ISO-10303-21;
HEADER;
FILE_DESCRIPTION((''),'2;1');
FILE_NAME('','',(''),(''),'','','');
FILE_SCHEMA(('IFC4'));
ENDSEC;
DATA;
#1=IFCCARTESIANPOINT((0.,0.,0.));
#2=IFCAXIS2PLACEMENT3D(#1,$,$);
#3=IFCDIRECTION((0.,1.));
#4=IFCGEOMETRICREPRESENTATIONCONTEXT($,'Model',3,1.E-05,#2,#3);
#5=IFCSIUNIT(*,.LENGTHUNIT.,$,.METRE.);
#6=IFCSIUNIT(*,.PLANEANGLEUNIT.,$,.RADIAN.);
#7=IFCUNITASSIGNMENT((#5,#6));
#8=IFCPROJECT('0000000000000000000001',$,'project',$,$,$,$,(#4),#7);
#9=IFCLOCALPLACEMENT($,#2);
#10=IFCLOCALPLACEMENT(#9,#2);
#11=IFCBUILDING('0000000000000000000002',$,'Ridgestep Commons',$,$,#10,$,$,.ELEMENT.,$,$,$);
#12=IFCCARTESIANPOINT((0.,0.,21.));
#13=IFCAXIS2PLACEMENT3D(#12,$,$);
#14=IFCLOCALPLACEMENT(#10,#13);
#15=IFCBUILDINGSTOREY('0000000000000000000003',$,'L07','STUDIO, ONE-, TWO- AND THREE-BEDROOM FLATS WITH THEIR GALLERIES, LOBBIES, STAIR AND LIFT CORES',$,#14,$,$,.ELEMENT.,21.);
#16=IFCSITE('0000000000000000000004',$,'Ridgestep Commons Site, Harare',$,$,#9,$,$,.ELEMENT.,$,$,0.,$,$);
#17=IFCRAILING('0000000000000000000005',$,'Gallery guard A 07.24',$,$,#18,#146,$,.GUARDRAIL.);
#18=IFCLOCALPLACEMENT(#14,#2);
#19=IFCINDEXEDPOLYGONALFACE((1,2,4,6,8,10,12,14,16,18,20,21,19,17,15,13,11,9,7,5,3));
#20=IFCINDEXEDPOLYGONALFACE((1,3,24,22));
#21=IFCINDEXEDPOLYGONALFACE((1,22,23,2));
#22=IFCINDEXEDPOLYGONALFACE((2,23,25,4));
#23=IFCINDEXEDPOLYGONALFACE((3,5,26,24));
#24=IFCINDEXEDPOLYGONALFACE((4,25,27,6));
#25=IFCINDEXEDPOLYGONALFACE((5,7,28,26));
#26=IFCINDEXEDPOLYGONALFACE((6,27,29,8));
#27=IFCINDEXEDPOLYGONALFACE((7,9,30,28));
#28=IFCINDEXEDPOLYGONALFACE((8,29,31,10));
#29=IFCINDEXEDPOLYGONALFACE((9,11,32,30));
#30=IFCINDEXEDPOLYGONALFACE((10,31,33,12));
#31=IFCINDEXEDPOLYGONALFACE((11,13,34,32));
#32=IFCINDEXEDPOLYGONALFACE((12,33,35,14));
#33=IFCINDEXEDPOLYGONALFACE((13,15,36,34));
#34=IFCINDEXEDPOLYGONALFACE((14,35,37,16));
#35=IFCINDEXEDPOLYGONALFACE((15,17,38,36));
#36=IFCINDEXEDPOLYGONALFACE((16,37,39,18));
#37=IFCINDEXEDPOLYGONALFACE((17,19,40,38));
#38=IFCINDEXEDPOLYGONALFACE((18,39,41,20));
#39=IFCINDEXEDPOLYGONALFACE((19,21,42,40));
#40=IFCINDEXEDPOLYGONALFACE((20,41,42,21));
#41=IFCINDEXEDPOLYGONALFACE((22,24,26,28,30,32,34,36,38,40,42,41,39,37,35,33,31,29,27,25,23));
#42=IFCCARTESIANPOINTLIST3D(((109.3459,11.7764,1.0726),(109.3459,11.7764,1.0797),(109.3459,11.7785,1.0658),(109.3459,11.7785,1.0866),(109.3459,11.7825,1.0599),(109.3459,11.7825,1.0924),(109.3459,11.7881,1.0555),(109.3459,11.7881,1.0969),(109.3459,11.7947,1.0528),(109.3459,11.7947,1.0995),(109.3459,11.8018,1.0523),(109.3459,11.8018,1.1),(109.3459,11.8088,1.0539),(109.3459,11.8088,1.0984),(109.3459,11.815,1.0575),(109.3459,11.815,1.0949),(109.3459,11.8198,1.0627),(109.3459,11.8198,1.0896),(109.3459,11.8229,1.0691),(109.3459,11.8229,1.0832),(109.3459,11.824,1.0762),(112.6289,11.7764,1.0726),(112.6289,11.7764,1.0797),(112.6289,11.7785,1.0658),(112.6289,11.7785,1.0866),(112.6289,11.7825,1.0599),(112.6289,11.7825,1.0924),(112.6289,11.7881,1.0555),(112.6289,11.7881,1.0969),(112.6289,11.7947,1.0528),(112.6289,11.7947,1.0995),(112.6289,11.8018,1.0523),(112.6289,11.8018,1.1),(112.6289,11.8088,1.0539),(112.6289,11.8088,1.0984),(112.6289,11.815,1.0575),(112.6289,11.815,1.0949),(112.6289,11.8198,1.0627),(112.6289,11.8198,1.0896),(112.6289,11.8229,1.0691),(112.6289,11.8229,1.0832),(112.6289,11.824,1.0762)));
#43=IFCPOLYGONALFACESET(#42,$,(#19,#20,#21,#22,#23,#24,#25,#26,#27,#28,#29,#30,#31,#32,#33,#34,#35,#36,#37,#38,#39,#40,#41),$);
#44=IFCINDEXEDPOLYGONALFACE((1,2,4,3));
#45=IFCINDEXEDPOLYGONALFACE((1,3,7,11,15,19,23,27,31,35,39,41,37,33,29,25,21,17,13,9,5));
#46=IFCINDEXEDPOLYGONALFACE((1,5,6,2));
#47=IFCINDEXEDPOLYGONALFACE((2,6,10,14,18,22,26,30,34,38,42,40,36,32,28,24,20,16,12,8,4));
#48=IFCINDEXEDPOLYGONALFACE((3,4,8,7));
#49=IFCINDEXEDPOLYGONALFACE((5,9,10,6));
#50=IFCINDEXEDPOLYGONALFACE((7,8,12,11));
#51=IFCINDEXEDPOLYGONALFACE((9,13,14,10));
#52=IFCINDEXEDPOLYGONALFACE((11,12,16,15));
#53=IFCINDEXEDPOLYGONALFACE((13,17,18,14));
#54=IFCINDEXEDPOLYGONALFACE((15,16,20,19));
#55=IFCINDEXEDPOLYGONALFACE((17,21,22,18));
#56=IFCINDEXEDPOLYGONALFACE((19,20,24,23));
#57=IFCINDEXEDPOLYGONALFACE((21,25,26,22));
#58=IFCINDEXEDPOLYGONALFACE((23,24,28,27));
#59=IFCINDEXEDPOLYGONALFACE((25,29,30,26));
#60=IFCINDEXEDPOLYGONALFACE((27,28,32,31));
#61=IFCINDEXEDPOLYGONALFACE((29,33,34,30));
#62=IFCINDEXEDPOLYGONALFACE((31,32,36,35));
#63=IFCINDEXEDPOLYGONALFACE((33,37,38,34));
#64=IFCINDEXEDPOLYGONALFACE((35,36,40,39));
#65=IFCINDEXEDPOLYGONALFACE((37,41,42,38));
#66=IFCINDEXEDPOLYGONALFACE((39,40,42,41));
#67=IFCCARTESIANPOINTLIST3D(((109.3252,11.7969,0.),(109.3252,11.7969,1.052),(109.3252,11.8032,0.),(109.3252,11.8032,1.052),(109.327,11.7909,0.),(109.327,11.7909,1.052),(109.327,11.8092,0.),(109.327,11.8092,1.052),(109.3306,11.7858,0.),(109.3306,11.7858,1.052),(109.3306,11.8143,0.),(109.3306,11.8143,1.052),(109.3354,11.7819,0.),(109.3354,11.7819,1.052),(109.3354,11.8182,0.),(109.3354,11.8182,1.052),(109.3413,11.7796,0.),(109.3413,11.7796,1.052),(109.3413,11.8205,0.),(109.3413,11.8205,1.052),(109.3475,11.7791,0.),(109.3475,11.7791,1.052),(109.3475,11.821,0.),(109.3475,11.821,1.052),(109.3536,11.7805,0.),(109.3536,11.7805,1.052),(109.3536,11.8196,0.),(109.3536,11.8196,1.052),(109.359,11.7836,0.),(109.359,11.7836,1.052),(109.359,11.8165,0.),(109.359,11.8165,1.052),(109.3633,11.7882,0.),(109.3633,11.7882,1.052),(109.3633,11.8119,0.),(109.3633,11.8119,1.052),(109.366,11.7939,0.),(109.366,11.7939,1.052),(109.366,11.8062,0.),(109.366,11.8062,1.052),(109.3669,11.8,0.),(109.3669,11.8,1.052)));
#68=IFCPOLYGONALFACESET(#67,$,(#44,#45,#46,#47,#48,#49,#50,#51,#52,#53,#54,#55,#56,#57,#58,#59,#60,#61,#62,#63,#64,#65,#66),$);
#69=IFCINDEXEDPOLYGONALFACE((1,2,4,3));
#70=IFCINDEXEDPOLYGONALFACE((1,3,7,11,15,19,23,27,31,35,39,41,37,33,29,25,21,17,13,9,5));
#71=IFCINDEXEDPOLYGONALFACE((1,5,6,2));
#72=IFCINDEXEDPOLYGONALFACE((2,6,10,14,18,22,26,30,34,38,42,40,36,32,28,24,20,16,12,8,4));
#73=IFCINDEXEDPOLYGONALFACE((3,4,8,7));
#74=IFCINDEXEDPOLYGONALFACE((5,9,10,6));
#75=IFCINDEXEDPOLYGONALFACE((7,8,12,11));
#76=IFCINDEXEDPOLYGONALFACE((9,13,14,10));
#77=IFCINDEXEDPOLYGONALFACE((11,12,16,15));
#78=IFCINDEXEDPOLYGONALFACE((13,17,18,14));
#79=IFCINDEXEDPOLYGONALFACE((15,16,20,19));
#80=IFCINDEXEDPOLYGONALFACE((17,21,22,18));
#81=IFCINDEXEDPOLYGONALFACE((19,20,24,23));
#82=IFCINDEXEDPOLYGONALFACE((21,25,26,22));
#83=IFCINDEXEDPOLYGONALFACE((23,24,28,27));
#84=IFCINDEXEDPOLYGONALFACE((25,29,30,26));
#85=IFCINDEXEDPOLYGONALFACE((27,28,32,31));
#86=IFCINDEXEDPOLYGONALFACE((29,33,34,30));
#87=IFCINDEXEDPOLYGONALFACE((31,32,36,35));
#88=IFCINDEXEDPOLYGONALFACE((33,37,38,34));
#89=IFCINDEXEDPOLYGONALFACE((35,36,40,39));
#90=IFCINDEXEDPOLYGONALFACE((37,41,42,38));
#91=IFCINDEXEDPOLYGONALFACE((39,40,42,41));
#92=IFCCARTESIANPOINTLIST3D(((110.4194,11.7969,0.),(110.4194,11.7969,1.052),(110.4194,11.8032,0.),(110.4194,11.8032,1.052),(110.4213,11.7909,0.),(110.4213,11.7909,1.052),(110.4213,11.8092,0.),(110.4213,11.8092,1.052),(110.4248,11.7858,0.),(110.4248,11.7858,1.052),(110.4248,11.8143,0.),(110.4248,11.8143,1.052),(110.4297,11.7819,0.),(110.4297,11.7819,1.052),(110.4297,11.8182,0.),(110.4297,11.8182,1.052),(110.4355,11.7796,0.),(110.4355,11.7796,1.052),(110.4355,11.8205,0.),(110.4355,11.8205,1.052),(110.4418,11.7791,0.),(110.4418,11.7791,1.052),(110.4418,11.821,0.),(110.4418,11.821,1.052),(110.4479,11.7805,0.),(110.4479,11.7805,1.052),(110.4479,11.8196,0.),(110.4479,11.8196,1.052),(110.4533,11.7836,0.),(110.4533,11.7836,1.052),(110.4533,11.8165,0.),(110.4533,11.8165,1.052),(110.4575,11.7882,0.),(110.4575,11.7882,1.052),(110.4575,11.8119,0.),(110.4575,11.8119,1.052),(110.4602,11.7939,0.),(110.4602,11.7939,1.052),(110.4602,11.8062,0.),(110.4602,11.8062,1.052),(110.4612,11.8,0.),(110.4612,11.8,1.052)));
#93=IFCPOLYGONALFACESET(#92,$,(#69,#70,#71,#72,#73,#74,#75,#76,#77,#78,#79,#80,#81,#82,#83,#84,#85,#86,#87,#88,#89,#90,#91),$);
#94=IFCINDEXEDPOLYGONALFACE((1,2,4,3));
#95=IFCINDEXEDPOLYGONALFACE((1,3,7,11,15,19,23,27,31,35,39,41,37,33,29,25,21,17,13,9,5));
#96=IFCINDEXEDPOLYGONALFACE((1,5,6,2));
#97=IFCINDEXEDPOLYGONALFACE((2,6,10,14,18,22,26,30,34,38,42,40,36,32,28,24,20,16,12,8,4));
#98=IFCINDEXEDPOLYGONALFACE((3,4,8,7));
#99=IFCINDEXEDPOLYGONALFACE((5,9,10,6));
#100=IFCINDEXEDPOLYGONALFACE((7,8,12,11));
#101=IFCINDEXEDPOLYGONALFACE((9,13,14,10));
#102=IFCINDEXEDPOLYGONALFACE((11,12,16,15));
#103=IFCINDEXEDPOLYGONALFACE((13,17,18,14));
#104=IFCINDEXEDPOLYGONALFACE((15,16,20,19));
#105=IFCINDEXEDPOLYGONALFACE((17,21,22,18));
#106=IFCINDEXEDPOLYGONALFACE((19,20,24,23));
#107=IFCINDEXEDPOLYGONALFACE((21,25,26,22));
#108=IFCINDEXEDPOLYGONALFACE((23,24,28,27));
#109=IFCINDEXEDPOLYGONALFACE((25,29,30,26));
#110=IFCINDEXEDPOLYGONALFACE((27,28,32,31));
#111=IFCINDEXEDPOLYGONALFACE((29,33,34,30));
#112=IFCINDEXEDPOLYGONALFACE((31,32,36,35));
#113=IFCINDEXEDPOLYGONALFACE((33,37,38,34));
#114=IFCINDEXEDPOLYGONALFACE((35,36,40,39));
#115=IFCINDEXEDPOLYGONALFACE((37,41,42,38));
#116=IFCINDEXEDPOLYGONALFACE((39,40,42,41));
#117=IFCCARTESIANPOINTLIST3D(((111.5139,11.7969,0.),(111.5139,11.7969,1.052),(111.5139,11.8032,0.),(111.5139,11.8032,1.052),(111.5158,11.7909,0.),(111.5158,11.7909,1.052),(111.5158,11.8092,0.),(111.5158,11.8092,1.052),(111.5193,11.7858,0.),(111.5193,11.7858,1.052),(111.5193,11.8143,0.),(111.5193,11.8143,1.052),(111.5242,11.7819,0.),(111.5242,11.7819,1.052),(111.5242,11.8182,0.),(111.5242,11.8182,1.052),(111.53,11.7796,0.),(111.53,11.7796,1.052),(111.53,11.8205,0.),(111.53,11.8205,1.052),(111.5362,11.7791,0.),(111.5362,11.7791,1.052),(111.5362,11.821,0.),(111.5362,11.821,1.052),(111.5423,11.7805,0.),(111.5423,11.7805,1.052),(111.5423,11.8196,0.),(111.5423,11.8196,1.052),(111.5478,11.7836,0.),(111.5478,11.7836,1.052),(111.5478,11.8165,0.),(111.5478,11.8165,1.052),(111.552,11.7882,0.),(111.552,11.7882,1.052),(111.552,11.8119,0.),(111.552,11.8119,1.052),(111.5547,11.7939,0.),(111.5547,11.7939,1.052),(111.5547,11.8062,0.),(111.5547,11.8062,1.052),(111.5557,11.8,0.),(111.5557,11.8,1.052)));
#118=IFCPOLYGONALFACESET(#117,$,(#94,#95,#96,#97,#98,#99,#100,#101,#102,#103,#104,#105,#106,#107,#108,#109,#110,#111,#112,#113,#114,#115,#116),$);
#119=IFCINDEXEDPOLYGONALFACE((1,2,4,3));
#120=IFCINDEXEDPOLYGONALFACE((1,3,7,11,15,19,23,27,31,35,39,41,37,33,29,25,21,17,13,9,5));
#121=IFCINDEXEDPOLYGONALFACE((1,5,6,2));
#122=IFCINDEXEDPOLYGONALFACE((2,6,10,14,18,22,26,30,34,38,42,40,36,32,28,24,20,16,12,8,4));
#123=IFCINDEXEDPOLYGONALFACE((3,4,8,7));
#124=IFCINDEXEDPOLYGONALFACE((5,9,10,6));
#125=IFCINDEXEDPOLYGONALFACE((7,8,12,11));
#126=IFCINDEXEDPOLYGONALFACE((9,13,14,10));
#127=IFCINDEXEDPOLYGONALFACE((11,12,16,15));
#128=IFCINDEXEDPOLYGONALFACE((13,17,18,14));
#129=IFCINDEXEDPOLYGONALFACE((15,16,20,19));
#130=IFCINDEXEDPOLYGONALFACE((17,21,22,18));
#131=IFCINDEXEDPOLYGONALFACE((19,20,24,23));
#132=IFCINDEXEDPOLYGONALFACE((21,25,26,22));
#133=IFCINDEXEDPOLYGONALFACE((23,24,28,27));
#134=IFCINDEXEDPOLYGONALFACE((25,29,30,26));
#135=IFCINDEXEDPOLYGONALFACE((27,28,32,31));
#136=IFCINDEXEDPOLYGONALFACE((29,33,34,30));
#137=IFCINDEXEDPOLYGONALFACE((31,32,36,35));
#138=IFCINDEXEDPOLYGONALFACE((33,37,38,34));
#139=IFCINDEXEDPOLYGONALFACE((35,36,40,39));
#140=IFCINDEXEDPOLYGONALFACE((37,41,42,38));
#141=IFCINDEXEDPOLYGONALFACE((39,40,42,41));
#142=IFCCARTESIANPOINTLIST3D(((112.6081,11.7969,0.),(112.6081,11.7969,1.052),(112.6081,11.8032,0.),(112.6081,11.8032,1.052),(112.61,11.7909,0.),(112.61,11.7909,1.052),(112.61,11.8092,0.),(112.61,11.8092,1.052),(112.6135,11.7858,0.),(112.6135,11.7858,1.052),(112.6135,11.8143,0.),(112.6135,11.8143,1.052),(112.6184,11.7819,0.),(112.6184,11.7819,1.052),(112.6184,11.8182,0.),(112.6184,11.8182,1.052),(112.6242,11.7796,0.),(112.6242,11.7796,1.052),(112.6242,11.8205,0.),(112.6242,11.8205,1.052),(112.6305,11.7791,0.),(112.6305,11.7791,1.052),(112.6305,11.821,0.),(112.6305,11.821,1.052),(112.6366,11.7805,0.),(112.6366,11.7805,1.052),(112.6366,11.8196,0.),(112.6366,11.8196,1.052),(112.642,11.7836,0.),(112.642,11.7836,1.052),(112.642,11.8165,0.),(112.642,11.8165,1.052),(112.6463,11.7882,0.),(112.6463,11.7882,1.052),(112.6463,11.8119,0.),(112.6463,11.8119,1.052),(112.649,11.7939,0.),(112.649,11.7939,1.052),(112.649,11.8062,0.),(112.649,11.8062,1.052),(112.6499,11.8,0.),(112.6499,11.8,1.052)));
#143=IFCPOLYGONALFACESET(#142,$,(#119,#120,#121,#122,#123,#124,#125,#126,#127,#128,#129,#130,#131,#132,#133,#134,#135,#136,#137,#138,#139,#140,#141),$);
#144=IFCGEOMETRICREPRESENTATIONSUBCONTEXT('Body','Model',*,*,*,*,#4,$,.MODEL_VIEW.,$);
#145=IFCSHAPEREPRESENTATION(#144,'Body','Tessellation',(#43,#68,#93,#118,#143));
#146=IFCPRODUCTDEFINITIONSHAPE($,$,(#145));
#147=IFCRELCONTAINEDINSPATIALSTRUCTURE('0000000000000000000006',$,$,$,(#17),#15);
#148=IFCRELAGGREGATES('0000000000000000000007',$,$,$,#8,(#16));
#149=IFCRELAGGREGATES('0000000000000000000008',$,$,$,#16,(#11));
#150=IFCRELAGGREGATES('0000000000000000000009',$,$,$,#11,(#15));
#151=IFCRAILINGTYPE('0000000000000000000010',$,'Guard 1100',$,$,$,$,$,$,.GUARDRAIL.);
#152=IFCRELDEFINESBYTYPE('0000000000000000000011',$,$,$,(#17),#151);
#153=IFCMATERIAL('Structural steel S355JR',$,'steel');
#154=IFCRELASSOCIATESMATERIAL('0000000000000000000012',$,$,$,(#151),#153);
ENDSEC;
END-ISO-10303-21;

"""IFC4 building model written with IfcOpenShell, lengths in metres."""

from ifc_helpers import new_model, si_unit, direction, frame, origin, origin_2d, place, context, subcontext, project, spatial, circle, extrude, material, type_object, element, save


model = new_model("IFC4")

# Units and contexts
model_context = context("Model", 3, precision=1e-05, world=origin(), true_north=direction((0.0, 1.0)))
body_context = subcontext(model_context, "Body", "Model", "MODEL_VIEW")
ifc_project = project(units=[si_unit("LENGTHUNIT", "METRE"), si_unit("PLANEANGLEUNIT", "RADIAN")], contexts=[model_context])

# Site, building, storey
site_placement = place(None, origin())
site = spatial("IfcSite", under=ifc_project, at=site_placement, Name="Ridgestep Commons Site, Harare", CompositionType="ELEMENT", RefElevation=0.0)
building_placement = place(site_placement, origin())
building = spatial("IfcBuilding", under=site, at=building_placement, Name="Ridgestep Commons", CompositionType="ELEMENT")
storey_placement = place(building_placement, frame((0.0, 0.0, 21.0)))
storey = spatial("IfcBuildingStorey", under=building, at=storey_placement, Name="L07", Description="STUDIO, ONE-, TWO- AND THREE-BEDROOM FLATS WITH THEIR GALLERIES, LOBBIES, STAIR AND LIFT CORES", CompositionType="ELEMENT", Elevation=21.0)

# Railing
ifc_material_1 = material(Name="Structural steel S355JR", Category="steel")
railing_type = type_object("IfcRailingType", Name="Guard 1100", PredefinedType="GUARDRAIL", material=ifc_material_1)
for number, where, name in (
    (1, (109.3459, 11.8, 0.0), "Gallery guard A 07.24"),
):
    element("IfcRailing", number, at=place(storey_placement, frame(where)), inside=storey, type_object=railing_type, Name=name, PredefinedType="GUARDRAIL", context=body_context, shape_type="SweptSolid", body=[
        extrude(circle(Radius=0.0239, at=origin_2d()), frame((0.0, 0.0, 1.0762), z_axis=(1.0, 0.0, 0.0), x_axis=(0.0, 1.0, 0.0)), (0.0, 0.0, 1.0), 3.283),
        extrude(circle(Radius=0.021, at=origin_2d()), origin(), (0.0, 0.0, 1.0), 1.052),
        extrude(circle(Radius=0.021, at=origin_2d()), frame((1.0942, 0.0, 0.0)), (0.0, 0.0, 1.0), 1.052),
        extrude(circle(Radius=0.021, at=origin_2d()), frame((2.1887, 0.0, 0.0)), (0.0, 0.0, 1.0), 1.052),
        extrude(circle(Radius=0.021, at=origin_2d()), frame((3.283, 0.0, 0.0)), (0.0, 0.0, 1.0), 1.052),
    ])

save(model, "model.ifc")
